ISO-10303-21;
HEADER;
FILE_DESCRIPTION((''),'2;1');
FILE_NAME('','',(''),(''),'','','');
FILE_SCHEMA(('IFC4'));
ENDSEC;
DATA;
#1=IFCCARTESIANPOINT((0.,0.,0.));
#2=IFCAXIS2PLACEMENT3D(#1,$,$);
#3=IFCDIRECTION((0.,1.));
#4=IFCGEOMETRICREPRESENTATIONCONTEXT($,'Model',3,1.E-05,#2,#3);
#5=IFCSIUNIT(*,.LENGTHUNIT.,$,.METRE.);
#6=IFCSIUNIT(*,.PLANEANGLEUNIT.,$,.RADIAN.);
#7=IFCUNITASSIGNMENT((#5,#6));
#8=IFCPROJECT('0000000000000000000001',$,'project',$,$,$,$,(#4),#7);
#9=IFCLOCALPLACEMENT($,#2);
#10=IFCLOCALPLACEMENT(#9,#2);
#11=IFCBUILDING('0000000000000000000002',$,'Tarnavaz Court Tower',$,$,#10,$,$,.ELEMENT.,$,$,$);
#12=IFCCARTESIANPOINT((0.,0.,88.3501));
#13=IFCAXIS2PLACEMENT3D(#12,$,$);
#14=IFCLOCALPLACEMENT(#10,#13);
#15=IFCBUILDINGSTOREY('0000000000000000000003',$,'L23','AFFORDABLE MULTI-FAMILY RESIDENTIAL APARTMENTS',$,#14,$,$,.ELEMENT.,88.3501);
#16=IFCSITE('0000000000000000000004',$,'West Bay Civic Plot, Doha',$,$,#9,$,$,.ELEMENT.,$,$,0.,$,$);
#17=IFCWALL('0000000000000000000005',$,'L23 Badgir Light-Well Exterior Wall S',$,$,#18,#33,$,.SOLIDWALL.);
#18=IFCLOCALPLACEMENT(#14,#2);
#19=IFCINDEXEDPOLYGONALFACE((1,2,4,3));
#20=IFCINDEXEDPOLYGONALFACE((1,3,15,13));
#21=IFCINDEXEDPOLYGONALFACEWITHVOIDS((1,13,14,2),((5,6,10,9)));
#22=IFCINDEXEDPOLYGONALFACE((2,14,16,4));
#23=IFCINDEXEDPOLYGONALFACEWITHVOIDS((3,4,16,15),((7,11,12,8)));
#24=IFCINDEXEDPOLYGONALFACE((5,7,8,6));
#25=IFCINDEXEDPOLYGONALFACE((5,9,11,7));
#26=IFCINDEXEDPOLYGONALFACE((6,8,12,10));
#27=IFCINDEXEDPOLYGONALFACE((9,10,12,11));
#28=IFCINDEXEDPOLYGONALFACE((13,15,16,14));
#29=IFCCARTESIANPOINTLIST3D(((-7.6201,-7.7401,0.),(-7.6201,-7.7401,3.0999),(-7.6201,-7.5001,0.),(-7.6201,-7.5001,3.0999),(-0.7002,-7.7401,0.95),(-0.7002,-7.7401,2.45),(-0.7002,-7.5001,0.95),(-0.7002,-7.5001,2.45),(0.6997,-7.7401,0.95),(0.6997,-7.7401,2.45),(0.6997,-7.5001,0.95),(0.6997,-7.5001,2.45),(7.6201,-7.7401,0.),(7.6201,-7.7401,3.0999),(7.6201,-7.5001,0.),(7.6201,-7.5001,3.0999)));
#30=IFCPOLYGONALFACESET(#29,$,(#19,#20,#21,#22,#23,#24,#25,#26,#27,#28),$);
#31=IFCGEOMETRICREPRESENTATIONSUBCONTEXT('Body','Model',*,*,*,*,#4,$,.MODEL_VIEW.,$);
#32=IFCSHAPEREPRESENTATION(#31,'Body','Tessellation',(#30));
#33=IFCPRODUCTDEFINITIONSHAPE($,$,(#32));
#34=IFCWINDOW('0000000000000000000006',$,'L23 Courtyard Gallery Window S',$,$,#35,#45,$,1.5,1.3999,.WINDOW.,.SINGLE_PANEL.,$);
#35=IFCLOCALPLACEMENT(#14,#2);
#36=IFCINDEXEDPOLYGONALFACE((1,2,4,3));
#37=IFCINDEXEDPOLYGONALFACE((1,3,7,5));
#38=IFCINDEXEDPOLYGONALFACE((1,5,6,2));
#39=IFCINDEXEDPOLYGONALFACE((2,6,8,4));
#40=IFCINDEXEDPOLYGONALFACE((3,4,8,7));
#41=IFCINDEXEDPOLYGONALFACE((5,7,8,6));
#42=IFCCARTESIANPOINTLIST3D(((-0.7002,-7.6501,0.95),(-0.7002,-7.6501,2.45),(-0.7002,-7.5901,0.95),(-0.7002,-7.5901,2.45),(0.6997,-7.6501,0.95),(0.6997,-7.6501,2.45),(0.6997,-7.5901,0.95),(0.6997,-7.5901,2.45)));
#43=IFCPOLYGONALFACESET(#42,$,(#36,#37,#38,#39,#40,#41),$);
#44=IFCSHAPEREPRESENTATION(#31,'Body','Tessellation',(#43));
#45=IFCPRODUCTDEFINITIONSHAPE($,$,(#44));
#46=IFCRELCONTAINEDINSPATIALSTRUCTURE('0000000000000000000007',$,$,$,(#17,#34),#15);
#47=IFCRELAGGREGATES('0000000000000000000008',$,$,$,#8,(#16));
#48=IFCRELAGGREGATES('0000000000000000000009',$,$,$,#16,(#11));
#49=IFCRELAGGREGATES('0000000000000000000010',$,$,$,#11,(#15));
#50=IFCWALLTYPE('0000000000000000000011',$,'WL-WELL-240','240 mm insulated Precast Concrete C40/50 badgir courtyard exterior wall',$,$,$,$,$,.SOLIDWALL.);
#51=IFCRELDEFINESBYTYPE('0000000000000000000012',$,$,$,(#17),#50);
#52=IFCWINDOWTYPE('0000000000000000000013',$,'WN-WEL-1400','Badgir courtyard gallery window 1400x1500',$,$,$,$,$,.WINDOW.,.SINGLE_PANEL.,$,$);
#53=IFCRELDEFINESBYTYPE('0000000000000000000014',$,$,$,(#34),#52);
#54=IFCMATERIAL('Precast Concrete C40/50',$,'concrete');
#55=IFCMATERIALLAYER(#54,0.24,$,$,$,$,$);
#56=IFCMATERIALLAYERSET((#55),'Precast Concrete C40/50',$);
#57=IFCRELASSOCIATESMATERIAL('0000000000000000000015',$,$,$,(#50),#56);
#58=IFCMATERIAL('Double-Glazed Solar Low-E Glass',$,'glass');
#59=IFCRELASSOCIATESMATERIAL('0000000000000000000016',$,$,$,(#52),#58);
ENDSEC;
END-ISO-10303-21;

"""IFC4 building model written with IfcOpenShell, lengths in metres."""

from ifc_helpers import new_model, si_unit, direction, frame, frame_2d, origin, place, context, subcontext, project, spatial, rectangle, extrude, material, layer, layer_set, type_object, element, fill, save


model = new_model("IFC4")

# Units and contexts
model_context = context("Model", 3, precision=1e-05, world=origin(), true_north=direction((0.0, 1.0)))
body_context = subcontext(model_context, "Body", "Model", "MODEL_VIEW")
ifc_project = project(units=[si_unit("LENGTHUNIT", "METRE"), si_unit("PLANEANGLEUNIT", "RADIAN")], contexts=[model_context])

# Site, building, storey
site_placement = place(None, origin())
site = spatial("IfcSite", under=ifc_project, at=site_placement, Name="West Bay Civic Plot, Doha", CompositionType="ELEMENT", RefElevation=0.0)
building_placement = place(site_placement, origin())
building = spatial("IfcBuilding", under=site, at=building_placement, Name="Tarnavaz Court Tower", CompositionType="ELEMENT")
storey_placement = place(building_placement, frame((0.0, 0.0, 88.3501)))
storey = spatial("IfcBuildingStorey", under=building, at=storey_placement, Name="L23", Description="AFFORDABLE MULTI-FAMILY RESIDENTIAL APARTMENTS", CompositionType="ELEMENT", Elevation=88.3501)

# Wall, opening, window
ifc_material_1 = material(Name="Precast Concrete C40/50", Category="concrete")
ifc_layer_1 = layer(ifc_material_1, 0.24)
ifc_layer_set_1 = layer_set([ifc_layer_1], Name="Precast Concrete C40/50")
wall_type_1 = type_object("IfcWallType", Name="WL-WELL-240", Description="240 mm insulated Precast Concrete C40/50 badgir courtyard exterior wall", PredefinedType="SOLIDWALL", material=ifc_layer_set_1)
wall_1_placement = place(storey_placement, frame((-7.6201, -7.6201, 0.0), z_axis=(0.0, 0.0, 1.0), x_axis=(1.0, 0.0, 0.0)))
wall_1 = element("IfcWall", 1, at=wall_1_placement, inside=storey, type_object=wall_type_1, Name="L23 Badgir Light-Well Exterior Wall S", PredefinedType="SOLIDWALL", context=body_context, shape_type="SweptSolid", body=[
    extrude(rectangle(XDim=15.2402, YDim=0.24, at=frame_2d((7.6201, 0.0))), origin(), (0.0, 0.0, 1.0), 3.0999),
])
opening_1_placement = place(wall_1_placement, frame((6.9199, 0.0, 0.95)))
opening_1 = element("IfcOpeningElement", 2, at=opening_1_placement, cuts=wall_1, PredefinedType="OPENING", context=body_context, shape_type="SweptSolid", body=[
    extrude(rectangle(XDim=1.3999, YDim=1.5, at=frame_2d((0.7, 0.75))), frame((0.0, 0.1299, 0.0), z_axis=(0.0, -1.0, 0.0), x_axis=(1.0, 0.0, 0.0)), (0.0, 0.0, 1.0), 0.26),
])
ifc_material_2 = material(Name="Double-Glazed Solar Low-E Glass", Category="glass")
window_type = type_object("IfcWindowType", Name="WN-WEL-1400", Description="Badgir courtyard gallery window 1400x1500", PartitioningType="SINGLE_PANEL", PredefinedType="WINDOW", material=ifc_material_2)
window_placement = place(opening_1_placement, origin())
window = element("IfcWindow", 3, at=window_placement, inside=storey, type_object=window_type, Name="L23 Courtyard Gallery Window S", OverallHeight=1.5, OverallWidth=1.3999, PartitioningType="SINGLE_PANEL", PredefinedType="WINDOW", context=body_context, shape_type="SweptSolid", body=[
    extrude(rectangle(XDim=1.3999, YDim=1.5, at=frame_2d((0.7, 0.75))), frame((0.0, 0.03, 0.0), z_axis=(0.0, -1.0, 0.0), x_axis=(1.0, 0.0, 0.0)), (0.0, 0.0, 1.0), 0.0601),
])
fill(opening_1, window)

save(model, "model.ifc")
